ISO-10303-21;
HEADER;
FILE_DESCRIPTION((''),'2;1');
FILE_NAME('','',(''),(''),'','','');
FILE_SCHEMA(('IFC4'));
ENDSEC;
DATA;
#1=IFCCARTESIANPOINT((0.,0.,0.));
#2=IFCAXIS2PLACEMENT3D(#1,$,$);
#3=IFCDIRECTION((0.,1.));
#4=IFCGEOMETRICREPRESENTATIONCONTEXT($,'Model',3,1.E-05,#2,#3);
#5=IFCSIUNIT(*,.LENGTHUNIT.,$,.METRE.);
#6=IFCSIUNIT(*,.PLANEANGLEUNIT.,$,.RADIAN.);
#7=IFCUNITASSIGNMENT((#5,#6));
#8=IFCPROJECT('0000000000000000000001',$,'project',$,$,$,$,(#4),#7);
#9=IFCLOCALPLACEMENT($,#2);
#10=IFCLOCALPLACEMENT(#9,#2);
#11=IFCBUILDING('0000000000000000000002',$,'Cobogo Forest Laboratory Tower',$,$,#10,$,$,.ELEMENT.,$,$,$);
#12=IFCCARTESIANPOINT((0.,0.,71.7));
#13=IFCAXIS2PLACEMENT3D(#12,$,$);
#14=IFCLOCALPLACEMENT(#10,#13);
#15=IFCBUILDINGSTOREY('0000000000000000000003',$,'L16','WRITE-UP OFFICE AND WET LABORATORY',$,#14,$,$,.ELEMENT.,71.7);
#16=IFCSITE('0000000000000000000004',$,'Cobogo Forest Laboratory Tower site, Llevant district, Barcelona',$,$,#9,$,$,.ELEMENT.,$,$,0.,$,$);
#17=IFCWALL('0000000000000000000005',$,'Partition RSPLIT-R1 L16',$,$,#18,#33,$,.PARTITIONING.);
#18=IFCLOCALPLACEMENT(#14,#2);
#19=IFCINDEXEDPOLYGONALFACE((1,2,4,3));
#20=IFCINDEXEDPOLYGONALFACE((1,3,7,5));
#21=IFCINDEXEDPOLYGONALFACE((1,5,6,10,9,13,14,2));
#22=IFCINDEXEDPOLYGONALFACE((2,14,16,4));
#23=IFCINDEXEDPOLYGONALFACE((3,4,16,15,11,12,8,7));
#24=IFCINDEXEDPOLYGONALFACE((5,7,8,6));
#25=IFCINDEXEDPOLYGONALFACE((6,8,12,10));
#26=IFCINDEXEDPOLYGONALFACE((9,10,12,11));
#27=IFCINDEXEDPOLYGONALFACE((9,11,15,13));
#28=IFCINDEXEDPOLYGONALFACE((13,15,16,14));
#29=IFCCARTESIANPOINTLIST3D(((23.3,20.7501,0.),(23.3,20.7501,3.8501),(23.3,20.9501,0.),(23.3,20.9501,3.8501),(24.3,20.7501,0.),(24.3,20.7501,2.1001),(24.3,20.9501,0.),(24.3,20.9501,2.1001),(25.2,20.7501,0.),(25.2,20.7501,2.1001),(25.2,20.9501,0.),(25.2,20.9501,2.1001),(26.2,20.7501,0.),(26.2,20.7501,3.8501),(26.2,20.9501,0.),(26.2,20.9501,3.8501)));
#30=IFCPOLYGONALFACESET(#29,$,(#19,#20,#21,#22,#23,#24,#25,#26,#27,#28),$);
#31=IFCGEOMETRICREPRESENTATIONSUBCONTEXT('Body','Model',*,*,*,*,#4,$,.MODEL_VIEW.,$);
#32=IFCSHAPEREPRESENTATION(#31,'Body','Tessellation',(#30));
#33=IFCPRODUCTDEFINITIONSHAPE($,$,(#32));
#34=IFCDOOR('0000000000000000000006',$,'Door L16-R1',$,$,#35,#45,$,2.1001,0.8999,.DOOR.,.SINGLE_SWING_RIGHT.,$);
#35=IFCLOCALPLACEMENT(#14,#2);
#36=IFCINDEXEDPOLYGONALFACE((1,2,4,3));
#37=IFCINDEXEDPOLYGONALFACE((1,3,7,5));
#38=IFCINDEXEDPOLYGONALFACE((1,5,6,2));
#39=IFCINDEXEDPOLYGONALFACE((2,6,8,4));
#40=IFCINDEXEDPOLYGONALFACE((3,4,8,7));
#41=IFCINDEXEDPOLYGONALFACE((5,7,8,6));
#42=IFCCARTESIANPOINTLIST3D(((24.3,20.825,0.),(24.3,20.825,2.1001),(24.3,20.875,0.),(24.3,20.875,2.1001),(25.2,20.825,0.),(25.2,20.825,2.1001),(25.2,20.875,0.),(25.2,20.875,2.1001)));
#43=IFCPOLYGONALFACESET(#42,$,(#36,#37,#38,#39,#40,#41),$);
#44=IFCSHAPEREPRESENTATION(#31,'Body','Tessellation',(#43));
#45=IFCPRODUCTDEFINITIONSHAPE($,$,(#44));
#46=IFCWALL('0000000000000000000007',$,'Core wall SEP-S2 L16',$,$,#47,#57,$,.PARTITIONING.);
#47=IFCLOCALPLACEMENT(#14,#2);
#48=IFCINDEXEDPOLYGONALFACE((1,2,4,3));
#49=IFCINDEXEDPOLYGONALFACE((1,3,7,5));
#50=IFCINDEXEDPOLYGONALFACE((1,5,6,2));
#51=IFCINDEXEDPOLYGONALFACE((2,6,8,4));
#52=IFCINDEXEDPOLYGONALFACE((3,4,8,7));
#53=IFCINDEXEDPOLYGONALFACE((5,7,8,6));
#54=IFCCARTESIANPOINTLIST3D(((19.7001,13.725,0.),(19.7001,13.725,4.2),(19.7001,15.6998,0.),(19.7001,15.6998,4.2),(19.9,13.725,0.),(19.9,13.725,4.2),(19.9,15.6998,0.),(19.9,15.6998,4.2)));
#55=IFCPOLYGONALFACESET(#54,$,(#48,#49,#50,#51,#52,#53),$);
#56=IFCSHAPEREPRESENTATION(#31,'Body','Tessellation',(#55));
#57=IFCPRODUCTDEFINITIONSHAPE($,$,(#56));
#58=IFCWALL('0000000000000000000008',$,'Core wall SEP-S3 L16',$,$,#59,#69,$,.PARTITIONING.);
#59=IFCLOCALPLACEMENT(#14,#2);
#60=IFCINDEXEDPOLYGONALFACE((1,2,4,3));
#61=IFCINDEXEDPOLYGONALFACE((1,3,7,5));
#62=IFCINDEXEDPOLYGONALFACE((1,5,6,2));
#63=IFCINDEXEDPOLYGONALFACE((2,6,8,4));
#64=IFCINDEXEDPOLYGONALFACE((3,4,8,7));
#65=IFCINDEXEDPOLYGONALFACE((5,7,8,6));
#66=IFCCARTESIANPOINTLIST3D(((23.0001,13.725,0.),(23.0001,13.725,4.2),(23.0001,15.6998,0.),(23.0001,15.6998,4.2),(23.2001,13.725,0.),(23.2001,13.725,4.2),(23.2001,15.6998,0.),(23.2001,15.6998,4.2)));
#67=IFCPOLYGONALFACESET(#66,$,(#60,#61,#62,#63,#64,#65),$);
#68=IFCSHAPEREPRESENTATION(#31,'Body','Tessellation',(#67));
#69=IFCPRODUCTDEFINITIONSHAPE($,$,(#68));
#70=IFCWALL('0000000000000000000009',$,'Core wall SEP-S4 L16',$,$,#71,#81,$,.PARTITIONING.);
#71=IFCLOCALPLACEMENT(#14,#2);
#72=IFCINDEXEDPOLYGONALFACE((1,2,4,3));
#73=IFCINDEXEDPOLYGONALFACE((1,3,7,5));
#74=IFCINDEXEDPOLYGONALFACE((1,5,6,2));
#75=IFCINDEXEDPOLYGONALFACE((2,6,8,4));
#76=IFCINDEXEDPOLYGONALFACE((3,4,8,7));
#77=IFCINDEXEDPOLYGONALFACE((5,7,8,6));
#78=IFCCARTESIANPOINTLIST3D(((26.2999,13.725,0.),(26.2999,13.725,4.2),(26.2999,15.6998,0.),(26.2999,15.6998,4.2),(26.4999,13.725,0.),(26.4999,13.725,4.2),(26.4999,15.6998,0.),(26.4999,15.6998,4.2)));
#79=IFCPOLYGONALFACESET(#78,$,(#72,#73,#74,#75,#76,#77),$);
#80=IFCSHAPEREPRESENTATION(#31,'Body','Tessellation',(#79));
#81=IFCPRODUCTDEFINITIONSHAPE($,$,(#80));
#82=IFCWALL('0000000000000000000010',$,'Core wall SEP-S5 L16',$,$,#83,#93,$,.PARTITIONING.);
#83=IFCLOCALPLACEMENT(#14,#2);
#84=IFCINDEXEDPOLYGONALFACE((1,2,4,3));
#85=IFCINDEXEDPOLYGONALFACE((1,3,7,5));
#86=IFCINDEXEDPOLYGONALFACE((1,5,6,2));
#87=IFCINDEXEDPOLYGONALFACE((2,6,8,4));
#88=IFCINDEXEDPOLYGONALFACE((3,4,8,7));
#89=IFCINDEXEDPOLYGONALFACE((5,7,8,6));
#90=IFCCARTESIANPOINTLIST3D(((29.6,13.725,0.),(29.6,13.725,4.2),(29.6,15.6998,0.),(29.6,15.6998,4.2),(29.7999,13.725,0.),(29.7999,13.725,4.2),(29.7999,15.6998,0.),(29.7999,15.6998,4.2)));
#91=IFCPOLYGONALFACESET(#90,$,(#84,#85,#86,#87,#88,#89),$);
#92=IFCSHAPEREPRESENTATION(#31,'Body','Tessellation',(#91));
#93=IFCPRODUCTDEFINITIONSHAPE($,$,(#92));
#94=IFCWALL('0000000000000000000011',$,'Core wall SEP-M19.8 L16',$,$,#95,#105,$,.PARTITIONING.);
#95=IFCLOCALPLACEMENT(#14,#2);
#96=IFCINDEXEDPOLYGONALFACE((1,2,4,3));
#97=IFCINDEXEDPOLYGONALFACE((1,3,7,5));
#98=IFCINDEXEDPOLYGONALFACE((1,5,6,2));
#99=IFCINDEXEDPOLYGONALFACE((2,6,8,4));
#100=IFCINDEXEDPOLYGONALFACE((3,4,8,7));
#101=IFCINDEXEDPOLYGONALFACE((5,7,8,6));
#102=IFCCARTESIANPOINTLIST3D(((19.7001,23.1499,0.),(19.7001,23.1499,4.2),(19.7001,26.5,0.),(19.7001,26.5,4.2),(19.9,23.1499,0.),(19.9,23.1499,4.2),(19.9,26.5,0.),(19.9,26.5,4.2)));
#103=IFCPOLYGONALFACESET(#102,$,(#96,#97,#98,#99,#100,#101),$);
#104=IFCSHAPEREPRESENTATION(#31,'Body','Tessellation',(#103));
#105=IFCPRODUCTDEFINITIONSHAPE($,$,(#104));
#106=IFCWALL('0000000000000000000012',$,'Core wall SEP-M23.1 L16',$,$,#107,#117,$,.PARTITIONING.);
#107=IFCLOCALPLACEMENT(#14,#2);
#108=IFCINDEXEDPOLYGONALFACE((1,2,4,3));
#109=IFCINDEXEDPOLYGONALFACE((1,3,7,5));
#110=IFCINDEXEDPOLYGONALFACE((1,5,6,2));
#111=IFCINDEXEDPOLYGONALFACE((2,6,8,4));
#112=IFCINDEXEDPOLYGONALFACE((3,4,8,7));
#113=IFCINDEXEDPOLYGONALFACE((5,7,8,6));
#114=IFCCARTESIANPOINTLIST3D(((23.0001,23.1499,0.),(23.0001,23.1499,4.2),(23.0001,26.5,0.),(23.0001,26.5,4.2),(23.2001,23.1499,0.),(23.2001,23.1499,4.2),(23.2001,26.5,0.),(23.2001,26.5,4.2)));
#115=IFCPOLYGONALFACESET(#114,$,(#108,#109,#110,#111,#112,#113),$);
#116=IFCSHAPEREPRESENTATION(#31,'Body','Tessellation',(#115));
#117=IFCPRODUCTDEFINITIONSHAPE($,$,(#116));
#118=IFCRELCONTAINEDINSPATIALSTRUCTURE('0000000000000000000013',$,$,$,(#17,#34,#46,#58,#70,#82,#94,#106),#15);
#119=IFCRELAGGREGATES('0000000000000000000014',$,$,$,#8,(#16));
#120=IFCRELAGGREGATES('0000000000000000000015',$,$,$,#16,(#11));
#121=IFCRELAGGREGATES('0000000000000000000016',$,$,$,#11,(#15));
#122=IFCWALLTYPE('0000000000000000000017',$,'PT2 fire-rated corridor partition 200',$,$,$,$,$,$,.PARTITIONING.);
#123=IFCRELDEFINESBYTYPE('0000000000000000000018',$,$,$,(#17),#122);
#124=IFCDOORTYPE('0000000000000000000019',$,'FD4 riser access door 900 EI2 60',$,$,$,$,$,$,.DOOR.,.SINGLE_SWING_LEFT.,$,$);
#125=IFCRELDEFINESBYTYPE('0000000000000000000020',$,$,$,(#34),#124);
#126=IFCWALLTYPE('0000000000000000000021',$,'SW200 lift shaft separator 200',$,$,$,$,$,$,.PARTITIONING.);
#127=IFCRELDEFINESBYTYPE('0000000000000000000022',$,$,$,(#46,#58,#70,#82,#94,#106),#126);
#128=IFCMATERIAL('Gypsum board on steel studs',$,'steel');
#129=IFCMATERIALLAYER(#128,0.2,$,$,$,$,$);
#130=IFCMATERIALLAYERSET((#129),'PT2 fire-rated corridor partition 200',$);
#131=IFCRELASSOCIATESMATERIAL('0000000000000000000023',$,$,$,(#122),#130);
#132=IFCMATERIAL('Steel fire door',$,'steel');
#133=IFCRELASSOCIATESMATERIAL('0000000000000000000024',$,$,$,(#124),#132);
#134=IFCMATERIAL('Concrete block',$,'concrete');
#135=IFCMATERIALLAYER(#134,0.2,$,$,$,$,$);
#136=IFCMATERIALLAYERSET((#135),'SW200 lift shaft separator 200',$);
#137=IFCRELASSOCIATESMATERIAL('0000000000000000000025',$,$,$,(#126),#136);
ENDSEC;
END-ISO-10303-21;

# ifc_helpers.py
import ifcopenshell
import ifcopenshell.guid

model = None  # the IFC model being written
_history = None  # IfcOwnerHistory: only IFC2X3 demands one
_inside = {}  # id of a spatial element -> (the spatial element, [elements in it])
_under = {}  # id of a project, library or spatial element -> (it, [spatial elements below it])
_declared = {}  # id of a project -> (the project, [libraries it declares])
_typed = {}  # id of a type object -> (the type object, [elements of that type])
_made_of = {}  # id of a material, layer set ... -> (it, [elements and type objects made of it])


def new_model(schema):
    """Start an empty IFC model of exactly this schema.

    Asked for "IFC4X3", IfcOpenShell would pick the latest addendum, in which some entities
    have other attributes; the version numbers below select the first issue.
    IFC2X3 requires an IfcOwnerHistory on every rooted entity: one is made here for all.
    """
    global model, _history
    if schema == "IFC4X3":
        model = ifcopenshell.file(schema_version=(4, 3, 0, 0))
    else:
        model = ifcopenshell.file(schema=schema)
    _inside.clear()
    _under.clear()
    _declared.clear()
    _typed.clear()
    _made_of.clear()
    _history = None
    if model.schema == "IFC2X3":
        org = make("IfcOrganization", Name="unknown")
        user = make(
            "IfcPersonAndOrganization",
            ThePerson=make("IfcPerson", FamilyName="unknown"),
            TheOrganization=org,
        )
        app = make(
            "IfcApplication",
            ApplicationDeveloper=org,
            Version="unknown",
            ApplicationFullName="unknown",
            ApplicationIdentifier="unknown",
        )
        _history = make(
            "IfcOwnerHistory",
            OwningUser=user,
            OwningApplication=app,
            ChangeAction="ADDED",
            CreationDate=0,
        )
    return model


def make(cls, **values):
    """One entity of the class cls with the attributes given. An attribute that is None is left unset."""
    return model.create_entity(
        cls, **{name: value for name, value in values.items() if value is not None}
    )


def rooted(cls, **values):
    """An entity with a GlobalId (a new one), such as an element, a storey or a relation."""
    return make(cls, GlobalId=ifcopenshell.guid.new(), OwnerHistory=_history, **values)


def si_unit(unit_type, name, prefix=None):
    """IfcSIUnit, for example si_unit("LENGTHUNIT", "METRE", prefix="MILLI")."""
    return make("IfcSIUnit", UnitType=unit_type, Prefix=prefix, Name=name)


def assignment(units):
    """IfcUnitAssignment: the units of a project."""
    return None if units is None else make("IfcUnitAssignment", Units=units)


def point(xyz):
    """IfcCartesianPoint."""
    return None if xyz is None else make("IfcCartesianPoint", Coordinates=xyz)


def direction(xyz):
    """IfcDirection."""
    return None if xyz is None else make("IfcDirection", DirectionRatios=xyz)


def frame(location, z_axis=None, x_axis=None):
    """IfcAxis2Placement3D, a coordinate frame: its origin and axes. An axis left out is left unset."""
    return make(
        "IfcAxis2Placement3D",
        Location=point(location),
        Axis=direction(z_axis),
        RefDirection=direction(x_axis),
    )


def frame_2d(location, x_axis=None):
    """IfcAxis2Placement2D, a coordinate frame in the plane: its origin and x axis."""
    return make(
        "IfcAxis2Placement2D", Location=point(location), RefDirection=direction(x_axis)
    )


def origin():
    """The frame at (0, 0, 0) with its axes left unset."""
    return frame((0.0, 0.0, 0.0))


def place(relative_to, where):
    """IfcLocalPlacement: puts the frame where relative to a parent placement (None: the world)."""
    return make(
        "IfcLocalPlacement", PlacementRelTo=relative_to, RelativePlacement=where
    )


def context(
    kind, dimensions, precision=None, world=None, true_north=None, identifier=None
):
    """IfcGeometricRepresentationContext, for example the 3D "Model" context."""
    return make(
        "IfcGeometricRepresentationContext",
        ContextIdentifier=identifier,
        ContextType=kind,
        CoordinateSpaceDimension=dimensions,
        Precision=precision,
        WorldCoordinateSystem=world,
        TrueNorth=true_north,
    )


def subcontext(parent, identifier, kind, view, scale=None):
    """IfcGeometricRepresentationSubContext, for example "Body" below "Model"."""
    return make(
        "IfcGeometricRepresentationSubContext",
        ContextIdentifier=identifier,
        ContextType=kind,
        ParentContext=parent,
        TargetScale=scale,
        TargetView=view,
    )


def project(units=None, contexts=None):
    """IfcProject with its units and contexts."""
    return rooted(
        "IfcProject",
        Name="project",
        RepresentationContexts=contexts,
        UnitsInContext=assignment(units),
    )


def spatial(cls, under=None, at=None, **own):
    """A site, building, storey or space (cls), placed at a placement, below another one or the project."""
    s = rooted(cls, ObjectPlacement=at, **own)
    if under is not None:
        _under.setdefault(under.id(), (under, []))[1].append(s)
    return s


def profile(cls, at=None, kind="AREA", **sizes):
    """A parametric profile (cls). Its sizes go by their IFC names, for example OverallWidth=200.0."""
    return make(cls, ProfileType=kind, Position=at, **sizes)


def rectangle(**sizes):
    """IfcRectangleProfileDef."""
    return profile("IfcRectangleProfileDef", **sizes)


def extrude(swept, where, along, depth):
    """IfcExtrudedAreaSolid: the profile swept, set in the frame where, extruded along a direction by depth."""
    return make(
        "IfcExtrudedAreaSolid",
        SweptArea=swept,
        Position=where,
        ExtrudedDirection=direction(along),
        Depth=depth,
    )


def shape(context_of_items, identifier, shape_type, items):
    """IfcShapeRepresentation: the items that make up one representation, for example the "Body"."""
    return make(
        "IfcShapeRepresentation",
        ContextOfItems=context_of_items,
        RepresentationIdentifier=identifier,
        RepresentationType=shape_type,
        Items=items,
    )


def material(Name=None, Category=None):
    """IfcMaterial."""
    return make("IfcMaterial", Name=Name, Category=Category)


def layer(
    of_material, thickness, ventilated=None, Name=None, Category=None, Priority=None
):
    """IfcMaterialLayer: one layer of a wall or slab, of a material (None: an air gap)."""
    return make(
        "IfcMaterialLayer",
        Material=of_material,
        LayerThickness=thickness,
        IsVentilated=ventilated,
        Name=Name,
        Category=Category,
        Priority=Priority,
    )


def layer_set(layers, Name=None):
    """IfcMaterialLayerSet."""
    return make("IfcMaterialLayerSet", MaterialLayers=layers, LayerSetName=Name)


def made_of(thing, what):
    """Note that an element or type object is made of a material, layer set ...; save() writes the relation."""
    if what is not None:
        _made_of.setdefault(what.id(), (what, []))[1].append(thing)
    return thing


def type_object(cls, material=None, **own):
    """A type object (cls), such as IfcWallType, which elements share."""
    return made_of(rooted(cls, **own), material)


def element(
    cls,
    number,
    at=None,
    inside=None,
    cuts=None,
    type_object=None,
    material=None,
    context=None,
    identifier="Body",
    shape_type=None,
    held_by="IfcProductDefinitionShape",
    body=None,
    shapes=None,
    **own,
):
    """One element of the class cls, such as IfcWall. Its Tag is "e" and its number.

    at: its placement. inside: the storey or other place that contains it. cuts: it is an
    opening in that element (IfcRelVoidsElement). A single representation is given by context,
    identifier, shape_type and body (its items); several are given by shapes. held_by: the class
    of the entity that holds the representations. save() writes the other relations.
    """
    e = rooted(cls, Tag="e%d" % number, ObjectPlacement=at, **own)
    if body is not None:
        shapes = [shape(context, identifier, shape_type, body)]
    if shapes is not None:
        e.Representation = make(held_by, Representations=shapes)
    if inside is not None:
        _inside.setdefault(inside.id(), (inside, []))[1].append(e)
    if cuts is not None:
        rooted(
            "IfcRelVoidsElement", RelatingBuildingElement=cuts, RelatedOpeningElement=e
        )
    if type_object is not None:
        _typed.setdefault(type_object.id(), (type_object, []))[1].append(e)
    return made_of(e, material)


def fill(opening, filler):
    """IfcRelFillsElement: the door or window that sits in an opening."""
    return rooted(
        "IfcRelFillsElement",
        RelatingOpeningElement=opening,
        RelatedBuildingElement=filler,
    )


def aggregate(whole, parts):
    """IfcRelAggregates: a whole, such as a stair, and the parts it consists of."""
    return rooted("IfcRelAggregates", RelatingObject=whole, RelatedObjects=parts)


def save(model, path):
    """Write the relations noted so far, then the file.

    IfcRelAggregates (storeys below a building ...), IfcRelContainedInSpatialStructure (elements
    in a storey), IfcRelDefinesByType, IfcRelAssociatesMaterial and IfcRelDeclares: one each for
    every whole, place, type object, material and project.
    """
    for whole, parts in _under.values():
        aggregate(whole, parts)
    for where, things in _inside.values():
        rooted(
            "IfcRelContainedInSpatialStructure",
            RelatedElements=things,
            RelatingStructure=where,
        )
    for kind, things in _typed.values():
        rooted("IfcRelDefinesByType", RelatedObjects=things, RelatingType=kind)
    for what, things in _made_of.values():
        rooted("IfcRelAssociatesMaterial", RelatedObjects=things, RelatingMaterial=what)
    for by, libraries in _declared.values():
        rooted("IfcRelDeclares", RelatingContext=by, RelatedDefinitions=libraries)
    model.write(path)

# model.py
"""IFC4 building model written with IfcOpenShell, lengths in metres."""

from ifc_helpers import new_model, si_unit, direction, frame, frame_2d, origin, place, context, subcontext, project, spatial, rectangle, extrude, material, layer, layer_set, type_object, element, fill, save


model = new_model("IFC4")

# Units and contexts
model_context = context("Model", 3, precision=1e-05, world=origin(), true_north=direction((0.0, 1.0)))
body_context = subcontext(model_context, "Body", "Model", "MODEL_VIEW")
ifc_project = project(units=[si_unit("LENGTHUNIT", "METRE"), si_unit("PLANEANGLEUNIT", "RADIAN")], contexts=[model_context])

# Site, building, storey
site_placement = place(None, origin())
site = spatial("IfcSite", under=ifc_project, at=site_placement, Name="Cobogo Forest Laboratory Tower site, Llevant district, Barcelona", CompositionType="ELEMENT", RefElevation=0.0)
building_placement = place(site_placement, origin())
building = spatial("IfcBuilding", under=site, at=building_placement, Name="Cobogo Forest Laboratory Tower", CompositionType="ELEMENT")
storey_placement = place(building_placement, frame((0.0, 0.0, 71.7)))
storey = spatial("IfcBuildingStorey", under=building, at=storey_placement, Name="L16", Description="WRITE-UP OFFICE AND WET LABORATORY", CompositionType="ELEMENT", Elevation=71.7)

# Shared definitions
ifc_material_1 = material(Name="Gypsum board on steel studs", Category="steel")

# Wall, opening, door
ifc_layer_1 = layer(ifc_material_1, 0.2)
ifc_layer_set_1 = layer_set([ifc_layer_1], Name="PT2 fire-rated corridor partition 200")
wall_type_1 = type_object("IfcWallType", Name="PT2 fire-rated corridor partition 200", PredefinedType="PARTITIONING", material=ifc_layer_set_1)
wall_1_placement = place(storey_placement, frame((23.3, 20.8501, 0.0), z_axis=(0.0, 0.0, 1.0), x_axis=(1.0, 0.0, 0.0)))
wall_1 = element("IfcWall", 1, at=wall_1_placement, inside=storey, type_object=wall_type_1, Name="Partition RSPLIT-R1 L16", PredefinedType="PARTITIONING", context=body_context, shape_type="SweptSolid", body=[
    extrude(rectangle(XDim=2.8999, YDim=0.2, at=frame_2d((1.45, 0.0))), origin(), (0.0, 0.0, 1.0), 3.8501),
])
opening_1_placement = place(wall_1_placement, frame((1.0, 0.0, 0.0)))
opening_1 = element("IfcOpeningElement", 2, at=opening_1_placement, cuts=wall_1, PredefinedType="OPENING", context=body_context, shape_type="SweptSolid", body=[
    extrude(rectangle(XDim=0.8999, YDim=2.1001, at=frame_2d((0.45, 1.05))), frame((0.0, 0.1099, 0.0), z_axis=(0.0, -1.0, 0.0), x_axis=(1.0, 0.0, 0.0)), (0.0, 0.0, 1.0), 0.22),
])
ifc_material_2 = material(Name="Steel fire door", Category="steel")
door_type_1 = type_object("IfcDoorType", Name="FD4 riser access door 900 EI2 60", OperationType="SINGLE_SWING_LEFT", PredefinedType="DOOR", material=ifc_material_2)
door_1_placement = place(opening_1_placement, origin())
door_1 = element("IfcDoor", 3, at=door_1_placement, inside=storey, type_object=door_type_1, Name="Door L16-R1", OperationType="SINGLE_SWING_RIGHT", OverallHeight=2.1001, OverallWidth=0.8999, PredefinedType="DOOR", context=body_context, shape_type="SweptSolid", body=[
    extrude(rectangle(XDim=0.8999, YDim=2.1001, at=frame_2d((0.45, 1.05))), frame((0.0, 0.0249, 0.0), z_axis=(0.0, -1.0, 0.0), x_axis=(1.0, 0.0, 0.0)), (0.0, 0.0, 1.0), 0.05),
])
fill(opening_1, door_1)

# Walls
ifc_material_3 = material(Name="Concrete block", Category="concrete")
ifc_layer_2 = layer(ifc_material_3, 0.2)
ifc_layer_set_2 = layer_set([ifc_layer_2], Name="SW200 lift shaft separator 200")
wall_type_2 = type_object("IfcWallType", Name="SW200 lift shaft separator 200", PredefinedType="PARTITIONING", material=ifc_layer_set_2)
for number, where, z_axis, x_axis, name in (
    (4, (19.8, 13.7251, 0.0), (0.0, 0.0, 1.0), (0.0, 1.0, 0.0), "Core wall SEP-S2 L16"),
    (5, (23.1001, 13.7251, 0.0), (0.0, 0.0, 1.0), (0.0, 1.0, 0.0), "Core wall SEP-S3 L16"),
    (6, (26.3999, 13.7251, 0.0), (0.0, 0.0, 1.0), (0.0, 1.0, 0.0), "Core wall SEP-S4 L16"),
    (7, (29.7, 13.7251, 0.0), (0.0, 0.0, 1.0), (0.0, 1.0, 0.0), "Core wall SEP-S5 L16"),
):
    element("IfcWall", number, at=place(storey_placement, frame(where, z_axis=z_axis, x_axis=x_axis)), inside=storey, type_object=wall_type_2, Name=name, PredefinedType="PARTITIONING", context=body_context, shape_type="SweptSolid", body=[
        extrude(rectangle(XDim=1.9749, YDim=0.2, at=frame_2d((0.9873, 0.0))), origin(), (0.0, 0.0, 1.0), 4.2),
    ])
for number, where, z_axis, x_axis, name in (
    (8, (19.8, 23.1499, 0.0), (0.0, 0.0, 1.0), (0.0, 1.0, 0.0), "Core wall SEP-M19.8 L16"),
    (9, (23.1001, 23.1499, 0.0), (0.0, 0.0, 1.0), (0.0, 1.0, 0.0), "Core wall SEP-M23.1 L16"),
):
    element("IfcWall", number, at=place(storey_placement, frame(where, z_axis=z_axis, x_axis=x_axis)), inside=storey, type_object=wall_type_2, Name=name, PredefinedType="PARTITIONING", context=body_context, shape_type="SweptSolid", body=[
        extrude(rectangle(XDim=3.3501, YDim=0.2, at=frame_2d((1.675, 0.0))), origin(), (0.0, 0.0, 1.0), 4.2),
    ])

save(model, "model.ifc")
